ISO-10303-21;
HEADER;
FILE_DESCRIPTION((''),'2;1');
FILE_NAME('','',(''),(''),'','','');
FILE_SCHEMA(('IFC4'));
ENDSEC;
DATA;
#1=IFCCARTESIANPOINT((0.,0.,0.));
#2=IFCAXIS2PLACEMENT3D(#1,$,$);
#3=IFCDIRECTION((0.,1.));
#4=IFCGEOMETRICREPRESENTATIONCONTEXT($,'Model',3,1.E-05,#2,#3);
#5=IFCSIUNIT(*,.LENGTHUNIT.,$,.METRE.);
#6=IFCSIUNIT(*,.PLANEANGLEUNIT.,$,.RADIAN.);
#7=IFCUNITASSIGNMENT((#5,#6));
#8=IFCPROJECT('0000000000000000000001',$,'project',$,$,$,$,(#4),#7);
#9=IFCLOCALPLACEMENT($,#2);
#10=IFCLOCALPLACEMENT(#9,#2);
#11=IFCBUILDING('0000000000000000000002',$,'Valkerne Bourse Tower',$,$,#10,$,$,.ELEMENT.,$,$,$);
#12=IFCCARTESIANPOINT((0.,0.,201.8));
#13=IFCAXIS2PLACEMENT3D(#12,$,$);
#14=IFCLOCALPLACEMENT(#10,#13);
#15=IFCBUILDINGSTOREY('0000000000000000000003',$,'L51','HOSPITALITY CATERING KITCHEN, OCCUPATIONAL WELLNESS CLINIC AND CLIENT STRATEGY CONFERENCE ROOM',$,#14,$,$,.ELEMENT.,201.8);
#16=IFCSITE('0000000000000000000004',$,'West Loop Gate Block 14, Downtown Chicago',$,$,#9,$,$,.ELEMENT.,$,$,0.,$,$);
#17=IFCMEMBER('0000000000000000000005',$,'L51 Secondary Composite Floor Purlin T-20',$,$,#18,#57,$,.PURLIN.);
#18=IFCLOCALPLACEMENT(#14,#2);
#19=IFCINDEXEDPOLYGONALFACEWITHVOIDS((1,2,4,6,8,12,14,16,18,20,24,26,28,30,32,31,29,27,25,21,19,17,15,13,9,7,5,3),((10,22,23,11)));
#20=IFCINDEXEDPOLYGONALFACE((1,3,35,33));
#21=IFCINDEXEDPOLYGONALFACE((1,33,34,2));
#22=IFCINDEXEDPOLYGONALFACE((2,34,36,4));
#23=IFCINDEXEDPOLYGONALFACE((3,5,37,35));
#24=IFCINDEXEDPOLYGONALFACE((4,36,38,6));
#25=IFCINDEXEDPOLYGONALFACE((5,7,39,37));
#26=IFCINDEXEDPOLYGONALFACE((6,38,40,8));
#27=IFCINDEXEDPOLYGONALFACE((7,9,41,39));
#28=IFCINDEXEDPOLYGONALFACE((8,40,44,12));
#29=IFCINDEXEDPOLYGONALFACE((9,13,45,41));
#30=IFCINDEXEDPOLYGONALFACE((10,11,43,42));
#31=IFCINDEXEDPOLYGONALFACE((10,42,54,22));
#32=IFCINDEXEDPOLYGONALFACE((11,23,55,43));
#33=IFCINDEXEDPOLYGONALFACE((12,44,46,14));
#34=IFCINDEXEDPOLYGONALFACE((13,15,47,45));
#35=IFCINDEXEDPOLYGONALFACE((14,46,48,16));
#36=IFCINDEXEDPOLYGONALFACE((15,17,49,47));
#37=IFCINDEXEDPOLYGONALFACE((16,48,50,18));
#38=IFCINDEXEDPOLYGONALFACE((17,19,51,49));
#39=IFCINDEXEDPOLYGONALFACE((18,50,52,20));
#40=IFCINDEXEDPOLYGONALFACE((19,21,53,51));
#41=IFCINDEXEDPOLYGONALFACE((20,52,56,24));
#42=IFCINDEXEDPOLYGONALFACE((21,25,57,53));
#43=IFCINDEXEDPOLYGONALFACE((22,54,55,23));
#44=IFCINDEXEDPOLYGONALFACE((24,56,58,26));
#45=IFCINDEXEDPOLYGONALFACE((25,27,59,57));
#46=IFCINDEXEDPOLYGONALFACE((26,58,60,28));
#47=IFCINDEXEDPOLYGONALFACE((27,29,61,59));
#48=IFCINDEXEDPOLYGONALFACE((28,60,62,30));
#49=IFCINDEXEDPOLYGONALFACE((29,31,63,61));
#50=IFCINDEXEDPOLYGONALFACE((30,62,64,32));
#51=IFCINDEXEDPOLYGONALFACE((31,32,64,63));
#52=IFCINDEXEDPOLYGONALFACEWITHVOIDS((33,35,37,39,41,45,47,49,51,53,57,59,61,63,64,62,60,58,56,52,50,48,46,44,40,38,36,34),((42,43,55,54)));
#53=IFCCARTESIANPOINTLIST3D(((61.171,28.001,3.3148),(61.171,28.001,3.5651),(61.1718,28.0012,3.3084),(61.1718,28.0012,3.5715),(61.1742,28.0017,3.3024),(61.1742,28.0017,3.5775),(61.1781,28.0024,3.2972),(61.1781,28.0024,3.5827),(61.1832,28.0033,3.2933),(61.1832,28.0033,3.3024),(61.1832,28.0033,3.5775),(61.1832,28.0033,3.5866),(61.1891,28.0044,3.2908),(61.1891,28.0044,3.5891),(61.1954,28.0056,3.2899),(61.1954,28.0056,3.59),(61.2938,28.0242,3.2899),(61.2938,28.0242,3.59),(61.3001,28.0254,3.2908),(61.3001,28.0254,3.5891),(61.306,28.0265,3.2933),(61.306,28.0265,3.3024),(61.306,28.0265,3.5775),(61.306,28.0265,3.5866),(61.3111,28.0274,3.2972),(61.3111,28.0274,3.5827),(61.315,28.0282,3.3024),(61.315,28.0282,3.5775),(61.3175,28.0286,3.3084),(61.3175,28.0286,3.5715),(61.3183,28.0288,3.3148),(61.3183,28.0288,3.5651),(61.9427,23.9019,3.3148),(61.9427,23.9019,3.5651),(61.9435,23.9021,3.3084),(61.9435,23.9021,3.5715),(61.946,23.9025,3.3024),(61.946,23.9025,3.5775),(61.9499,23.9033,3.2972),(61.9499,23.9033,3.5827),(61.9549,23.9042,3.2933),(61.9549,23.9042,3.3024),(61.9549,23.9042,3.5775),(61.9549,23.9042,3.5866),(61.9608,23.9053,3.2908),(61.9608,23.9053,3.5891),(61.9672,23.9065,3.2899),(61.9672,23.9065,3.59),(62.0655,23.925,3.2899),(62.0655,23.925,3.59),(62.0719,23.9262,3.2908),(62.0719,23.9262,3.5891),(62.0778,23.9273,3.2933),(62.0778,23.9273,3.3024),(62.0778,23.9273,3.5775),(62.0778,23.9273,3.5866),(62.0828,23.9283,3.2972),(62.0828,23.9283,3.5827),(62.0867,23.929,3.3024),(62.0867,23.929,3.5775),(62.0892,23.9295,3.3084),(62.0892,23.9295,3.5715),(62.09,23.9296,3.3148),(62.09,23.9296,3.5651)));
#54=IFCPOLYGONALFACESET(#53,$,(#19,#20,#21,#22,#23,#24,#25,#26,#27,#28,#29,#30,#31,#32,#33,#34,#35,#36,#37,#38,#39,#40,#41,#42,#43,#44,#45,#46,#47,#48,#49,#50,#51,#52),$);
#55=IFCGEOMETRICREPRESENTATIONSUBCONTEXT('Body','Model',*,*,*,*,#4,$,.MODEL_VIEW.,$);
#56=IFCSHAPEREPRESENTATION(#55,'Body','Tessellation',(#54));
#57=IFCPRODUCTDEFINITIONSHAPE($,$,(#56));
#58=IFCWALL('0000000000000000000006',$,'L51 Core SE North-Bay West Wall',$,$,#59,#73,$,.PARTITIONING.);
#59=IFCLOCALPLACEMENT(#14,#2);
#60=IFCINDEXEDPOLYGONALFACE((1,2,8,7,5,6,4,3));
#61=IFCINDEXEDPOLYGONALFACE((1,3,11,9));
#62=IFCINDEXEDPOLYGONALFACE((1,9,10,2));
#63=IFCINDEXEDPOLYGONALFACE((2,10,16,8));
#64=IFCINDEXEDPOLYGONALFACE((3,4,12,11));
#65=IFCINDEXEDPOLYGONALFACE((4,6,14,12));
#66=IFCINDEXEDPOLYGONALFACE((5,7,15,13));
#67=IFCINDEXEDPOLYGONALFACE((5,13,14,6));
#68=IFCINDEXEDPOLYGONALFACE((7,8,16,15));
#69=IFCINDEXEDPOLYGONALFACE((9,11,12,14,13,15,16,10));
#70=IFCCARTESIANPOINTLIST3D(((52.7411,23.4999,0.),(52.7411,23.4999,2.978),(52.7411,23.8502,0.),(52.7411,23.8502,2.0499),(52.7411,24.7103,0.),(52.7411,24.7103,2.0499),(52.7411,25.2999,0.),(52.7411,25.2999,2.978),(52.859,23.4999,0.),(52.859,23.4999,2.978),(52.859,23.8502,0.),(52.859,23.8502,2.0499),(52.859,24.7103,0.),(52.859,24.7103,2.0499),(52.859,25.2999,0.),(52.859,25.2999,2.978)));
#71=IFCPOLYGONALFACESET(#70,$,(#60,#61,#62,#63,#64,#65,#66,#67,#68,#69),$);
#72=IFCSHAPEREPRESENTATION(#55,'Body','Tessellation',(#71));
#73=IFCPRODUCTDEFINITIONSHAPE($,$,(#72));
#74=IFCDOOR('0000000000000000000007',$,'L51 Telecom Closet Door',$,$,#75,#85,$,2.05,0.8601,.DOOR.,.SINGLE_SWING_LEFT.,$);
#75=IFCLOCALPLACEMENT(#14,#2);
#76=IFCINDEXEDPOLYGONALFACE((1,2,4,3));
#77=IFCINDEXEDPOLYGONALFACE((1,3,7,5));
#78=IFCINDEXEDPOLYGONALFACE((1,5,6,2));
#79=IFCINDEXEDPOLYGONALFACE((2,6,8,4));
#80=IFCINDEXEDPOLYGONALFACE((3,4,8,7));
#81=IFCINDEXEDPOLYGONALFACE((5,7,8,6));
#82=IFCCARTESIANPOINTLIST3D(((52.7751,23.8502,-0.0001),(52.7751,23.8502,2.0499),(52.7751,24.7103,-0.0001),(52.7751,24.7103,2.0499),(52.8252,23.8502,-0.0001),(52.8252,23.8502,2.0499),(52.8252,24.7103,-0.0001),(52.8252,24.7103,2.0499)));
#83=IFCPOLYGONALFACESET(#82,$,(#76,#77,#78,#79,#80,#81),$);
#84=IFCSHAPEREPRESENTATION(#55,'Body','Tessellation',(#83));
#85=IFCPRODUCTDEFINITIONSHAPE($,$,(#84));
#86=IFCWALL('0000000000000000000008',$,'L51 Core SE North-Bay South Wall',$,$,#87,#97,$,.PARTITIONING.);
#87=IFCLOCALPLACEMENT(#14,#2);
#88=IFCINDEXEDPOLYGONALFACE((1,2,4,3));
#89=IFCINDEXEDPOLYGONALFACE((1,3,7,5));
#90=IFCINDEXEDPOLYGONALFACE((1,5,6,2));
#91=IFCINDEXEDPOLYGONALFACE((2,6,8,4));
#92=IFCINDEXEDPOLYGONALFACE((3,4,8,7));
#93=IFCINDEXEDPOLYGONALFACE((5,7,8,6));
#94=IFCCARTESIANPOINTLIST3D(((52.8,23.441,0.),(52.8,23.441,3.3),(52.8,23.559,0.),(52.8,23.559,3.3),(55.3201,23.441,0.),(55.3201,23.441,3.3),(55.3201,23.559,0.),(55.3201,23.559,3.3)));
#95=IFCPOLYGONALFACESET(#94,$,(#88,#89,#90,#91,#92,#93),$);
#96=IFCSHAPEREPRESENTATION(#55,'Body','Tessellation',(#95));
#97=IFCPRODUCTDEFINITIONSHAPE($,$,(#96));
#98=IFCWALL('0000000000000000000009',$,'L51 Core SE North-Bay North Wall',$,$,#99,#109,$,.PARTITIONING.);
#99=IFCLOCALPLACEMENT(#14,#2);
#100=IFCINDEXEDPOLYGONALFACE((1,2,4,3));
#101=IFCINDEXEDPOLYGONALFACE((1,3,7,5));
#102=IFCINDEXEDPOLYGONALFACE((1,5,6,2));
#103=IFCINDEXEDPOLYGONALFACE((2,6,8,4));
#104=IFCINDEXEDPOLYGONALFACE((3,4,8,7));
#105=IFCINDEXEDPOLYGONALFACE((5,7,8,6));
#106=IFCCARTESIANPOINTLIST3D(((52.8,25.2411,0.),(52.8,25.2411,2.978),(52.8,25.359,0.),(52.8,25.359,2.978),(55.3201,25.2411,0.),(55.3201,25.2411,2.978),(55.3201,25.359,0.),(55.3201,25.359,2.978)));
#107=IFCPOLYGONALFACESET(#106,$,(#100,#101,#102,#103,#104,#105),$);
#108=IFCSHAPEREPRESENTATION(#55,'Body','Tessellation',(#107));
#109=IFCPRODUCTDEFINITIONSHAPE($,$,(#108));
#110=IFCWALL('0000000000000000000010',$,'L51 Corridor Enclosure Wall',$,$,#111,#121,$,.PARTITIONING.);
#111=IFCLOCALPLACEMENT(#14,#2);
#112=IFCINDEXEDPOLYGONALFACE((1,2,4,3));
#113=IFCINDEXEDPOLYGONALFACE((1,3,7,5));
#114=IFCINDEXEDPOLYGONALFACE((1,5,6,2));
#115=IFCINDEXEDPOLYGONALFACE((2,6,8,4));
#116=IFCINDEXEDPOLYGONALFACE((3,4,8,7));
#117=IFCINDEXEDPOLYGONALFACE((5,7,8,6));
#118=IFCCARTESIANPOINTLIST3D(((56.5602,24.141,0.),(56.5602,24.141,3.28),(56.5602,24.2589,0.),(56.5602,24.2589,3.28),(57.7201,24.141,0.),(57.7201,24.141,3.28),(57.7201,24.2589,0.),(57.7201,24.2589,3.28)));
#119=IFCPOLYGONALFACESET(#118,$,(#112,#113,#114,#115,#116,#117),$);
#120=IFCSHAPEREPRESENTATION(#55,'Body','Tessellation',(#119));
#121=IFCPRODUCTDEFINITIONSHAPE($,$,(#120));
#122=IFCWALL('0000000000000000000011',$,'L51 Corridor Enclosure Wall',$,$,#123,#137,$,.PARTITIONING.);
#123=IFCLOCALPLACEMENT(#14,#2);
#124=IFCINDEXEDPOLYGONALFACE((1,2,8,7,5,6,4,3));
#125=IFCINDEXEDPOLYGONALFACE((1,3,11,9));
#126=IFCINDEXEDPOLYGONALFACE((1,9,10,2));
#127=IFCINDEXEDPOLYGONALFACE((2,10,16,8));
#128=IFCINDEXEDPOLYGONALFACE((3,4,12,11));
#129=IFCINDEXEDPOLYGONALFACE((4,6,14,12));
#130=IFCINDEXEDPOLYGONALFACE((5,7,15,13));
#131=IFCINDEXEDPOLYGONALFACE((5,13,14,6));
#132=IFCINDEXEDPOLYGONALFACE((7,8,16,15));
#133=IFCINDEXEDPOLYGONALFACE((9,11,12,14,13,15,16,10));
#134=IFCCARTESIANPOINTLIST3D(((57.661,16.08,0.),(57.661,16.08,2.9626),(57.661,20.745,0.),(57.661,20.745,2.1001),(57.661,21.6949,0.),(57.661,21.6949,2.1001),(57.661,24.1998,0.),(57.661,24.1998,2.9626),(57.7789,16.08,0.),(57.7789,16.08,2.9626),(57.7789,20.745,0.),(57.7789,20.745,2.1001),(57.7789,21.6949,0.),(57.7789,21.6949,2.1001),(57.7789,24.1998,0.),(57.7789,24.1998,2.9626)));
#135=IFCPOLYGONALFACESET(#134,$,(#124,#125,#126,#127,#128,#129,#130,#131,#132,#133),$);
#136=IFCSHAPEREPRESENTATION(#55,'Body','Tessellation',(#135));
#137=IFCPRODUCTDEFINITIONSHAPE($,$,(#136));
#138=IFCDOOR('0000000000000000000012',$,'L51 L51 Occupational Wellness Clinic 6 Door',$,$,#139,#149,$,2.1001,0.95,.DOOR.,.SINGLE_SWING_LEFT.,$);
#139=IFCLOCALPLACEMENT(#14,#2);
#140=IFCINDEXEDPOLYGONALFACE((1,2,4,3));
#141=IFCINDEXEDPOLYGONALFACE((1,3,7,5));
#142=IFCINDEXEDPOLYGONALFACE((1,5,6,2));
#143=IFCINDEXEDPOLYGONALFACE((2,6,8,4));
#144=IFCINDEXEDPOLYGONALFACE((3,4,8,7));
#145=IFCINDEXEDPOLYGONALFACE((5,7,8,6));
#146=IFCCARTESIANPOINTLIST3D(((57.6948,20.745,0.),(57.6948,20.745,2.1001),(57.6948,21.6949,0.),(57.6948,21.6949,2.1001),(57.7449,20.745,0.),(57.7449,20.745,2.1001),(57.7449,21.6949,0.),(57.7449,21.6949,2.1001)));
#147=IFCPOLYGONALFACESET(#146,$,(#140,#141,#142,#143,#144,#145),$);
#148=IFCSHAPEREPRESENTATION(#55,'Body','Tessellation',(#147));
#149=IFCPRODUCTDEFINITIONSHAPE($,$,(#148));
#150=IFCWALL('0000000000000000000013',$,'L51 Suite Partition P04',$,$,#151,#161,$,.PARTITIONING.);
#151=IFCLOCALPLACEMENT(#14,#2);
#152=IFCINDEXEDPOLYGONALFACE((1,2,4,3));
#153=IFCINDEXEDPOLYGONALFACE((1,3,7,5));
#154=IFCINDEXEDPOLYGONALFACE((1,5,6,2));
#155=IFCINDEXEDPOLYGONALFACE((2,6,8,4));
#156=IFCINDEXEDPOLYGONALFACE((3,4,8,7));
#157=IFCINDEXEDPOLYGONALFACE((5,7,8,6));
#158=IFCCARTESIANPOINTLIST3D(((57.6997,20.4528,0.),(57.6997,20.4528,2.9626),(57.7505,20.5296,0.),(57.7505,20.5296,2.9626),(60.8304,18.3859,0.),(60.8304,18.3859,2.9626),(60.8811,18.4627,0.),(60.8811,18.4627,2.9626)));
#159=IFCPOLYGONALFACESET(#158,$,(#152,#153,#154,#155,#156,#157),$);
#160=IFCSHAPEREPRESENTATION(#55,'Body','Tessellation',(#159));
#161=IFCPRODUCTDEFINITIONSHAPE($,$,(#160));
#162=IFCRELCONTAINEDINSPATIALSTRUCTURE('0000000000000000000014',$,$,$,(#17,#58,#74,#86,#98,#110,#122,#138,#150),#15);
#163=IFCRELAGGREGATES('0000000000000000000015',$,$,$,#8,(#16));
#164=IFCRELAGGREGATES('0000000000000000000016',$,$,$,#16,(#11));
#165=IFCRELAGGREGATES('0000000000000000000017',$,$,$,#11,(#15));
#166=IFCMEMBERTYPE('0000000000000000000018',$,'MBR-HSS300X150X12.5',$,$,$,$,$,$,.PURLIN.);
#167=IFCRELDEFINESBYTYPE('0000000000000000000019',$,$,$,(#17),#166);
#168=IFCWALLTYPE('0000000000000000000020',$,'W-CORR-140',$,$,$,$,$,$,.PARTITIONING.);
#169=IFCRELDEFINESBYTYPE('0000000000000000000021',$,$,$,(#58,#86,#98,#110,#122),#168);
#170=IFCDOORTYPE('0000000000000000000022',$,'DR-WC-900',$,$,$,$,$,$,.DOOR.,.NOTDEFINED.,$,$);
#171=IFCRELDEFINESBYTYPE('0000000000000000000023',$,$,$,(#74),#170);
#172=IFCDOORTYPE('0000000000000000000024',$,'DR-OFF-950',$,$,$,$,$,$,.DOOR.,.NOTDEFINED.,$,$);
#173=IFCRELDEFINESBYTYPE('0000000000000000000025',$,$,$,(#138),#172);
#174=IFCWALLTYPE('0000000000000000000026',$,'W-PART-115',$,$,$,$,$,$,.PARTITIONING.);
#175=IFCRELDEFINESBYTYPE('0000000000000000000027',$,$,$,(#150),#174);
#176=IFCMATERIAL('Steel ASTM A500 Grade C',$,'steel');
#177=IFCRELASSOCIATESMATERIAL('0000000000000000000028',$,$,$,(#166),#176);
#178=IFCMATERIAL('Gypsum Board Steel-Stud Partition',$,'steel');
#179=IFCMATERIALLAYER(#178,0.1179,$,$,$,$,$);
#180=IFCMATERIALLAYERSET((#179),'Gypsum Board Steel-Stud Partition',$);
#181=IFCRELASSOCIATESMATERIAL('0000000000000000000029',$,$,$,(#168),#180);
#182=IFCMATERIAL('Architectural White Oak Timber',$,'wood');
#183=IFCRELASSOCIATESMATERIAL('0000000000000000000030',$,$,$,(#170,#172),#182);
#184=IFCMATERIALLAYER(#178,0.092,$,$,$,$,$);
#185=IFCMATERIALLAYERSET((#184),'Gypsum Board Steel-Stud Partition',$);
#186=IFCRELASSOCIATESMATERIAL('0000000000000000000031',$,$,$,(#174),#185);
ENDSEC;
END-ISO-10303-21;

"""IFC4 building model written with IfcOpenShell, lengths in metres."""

from ifc_helpers import new_model, si_unit, direction, frame, frame_2d, origin, origin_2d, place, context, subcontext, project, spatial, rectangle, hollow_rectangle, extrude, material, layer, layer_set, material_profile, profile_set, type_object, element, fill, save


model = new_model("IFC4")

# Units and contexts
model_context = context("Model", 3, precision=1e-05, world=origin(), true_north=direction((0.0, 1.0)))
body_context = subcontext(model_context, "Body", "Model", "MODEL_VIEW")
ifc_project = project(units=[si_unit("LENGTHUNIT", "METRE"), si_unit("PLANEANGLEUNIT", "RADIAN")], contexts=[model_context])

# Site, building, storey
site_placement = place(None, origin())
site = spatial("IfcSite", under=ifc_project, at=site_placement, Name="West Loop Gate Block 14, Downtown Chicago", CompositionType="ELEMENT", RefElevation=0.0)
building_placement = place(site_placement, origin())
building = spatial("IfcBuilding", under=site, at=building_placement, Name="Valkerne Bourse Tower", CompositionType="ELEMENT")
storey_placement = place(building_placement, frame((0.0, 0.0, 201.8)))
storey = spatial("IfcBuildingStorey", under=building, at=storey_placement, Name="L51", Description="HOSPITALITY CATERING KITCHEN, OCCUPATIONAL WELLNESS CLINIC AND CLIENT STRATEGY CONFERENCE ROOM", CompositionType="ELEMENT", Elevation=201.8)

# Member
ifc_material_1 = material(Name="Steel ASTM A500 Grade C", Category="steel")
ifc_material_profile_1 = material_profile(ifc_material_1, hollow_rectangle(XDim=0.1499, YDim=0.3, WallThickness=0.0125, OuterFilletRadius=0.0249, at=origin_2d()), Name="HSS300X150X12.5")
ifc_profile_set_1 = profile_set([ifc_material_profile_1], Name="Steel ASTM A500 Grade C")
member_type_1 = type_object("IfcMemberType", Name="MBR-HSS300X150X12.5", PredefinedType="PURLIN", material=ifc_profile_set_1)
member_1_placement = place(storey_placement, frame((62.0164, 23.9158, 3.4399), z_axis=(-0.185016, 0.982735, 0.0), x_axis=(-0.982735, -0.185016, 0.0)))
element("IfcMember", 1, at=member_1_placement, inside=storey, type_object=member_type_1, Name="L51 Secondary Composite Floor Purlin T-20", PredefinedType="PURLIN", context=body_context, shape_type="SweptSolid", body=[
    extrude(hollow_rectangle(XDim=0.1499, YDim=0.3, WallThickness=0.0125, OuterFilletRadius=0.0249, at=origin_2d()), origin(), (0.0, 0.0, 1.0), 4.1711),
])

# Wall, opening, door
ifc_material_2 = material(Name="Gypsum Board Steel-Stud Partition", Category="steel")
ifc_layer_1 = layer(ifc_material_2, 0.1179)
ifc_layer_set_1 = layer_set([ifc_layer_1], Name="Gypsum Board Steel-Stud Partition")
wall_type_1 = type_object("IfcWallType", Name="W-CORR-140", PredefinedType="PARTITIONING", material=ifc_layer_set_1)
wall_1_placement = place(storey_placement, frame((52.8, 23.5, 0.0), z_axis=(0.0, 0.0, 1.0), x_axis=(0.0, 1.0, 0.0)))
wall_1 = element("IfcWall", 2, at=wall_1_placement, inside=storey, type_object=wall_type_1, Name="L51 Core SE North-Bay West Wall", PredefinedType="PARTITIONING", context=body_context, shape_type="SweptSolid", body=[
    extrude(rectangle(XDim=1.8, YDim=0.1179, at=frame_2d((0.8999, 0.0))), origin(), (0.0, 0.0, 1.0), 2.978),
])
opening_1_placement = place(wall_1_placement, frame((0.3501, 0.0, 0.0)))
opening_1 = element("IfcOpeningElement", 3, at=opening_1_placement, cuts=wall_1, PredefinedType="OPENING", context=body_context, shape_type="SweptSolid", body=[
    extrude(rectangle(XDim=0.8601, YDim=2.05, at=frame_2d((0.4302, 1.0249))), frame((0.0, 0.0688, 0.0), z_axis=(0.0, -1.0, 0.0), x_axis=(1.0, 0.0, 0.0)), (0.0, 0.0, 1.0), 0.1379),
])
ifc_material_3 = material(Name="Architectural White Oak Timber", Category="wood")
door_type_1 = type_object("IfcDoorType", Name="DR-WC-900", OperationType="NOTDEFINED", PredefinedType="DOOR", material=ifc_material_3)
door_1_placement = place(opening_1_placement, origin())
door_1 = element("IfcDoor", 4, at=door_1_placement, inside=storey, type_object=door_type_1, Name="L51 Telecom Closet Door", OperationType="SINGLE_SWING_LEFT", OverallHeight=2.05, OverallWidth=0.8601, PredefinedType="DOOR", context=body_context, shape_type="SweptSolid", body=[
    extrude(rectangle(XDim=0.8601, YDim=2.05, at=frame_2d((0.4302, 1.0249))), frame((0.0, 0.0249, 0.0), z_axis=(0.0, -1.0, 0.0), x_axis=(1.0, 0.0, 0.0)), (0.0, 0.0, 1.0), 0.05),
])
fill(opening_1, door_1)

# Walls
wall_2_placement = place(storey_placement, frame((52.8, 23.5, 0.0), z_axis=(0.0, 0.0, 1.0), x_axis=(1.0, 0.0, 0.0)))
element("IfcWall", 5, at=wall_2_placement, inside=storey, type_object=wall_type_1, Name="L51 Core SE North-Bay South Wall", PredefinedType="PARTITIONING", context=body_context, shape_type="SweptSolid", body=[
    extrude(rectangle(XDim=2.52, YDim=0.1179, at=frame_2d((1.26, 0.0))), origin(), (0.0, 0.0, 1.0), 3.3),
])
wall_3_placement = place(storey_placement, frame((52.8, 25.3, 0.0), z_axis=(0.0, 0.0, 1.0), x_axis=(1.0, 0.0, 0.0)))
element("IfcWall", 6, at=wall_3_placement, inside=storey, type_object=wall_type_1, Name="L51 Core SE North-Bay North Wall", PredefinedType="PARTITIONING", context=body_context, shape_type="SweptSolid", body=[
    extrude(rectangle(XDim=2.52, YDim=0.1179, at=frame_2d((1.26, 0.0))), origin(), (0.0, 0.0, 1.0), 2.978),
])
wall_4_placement = place(storey_placement, frame((56.5601, 24.2, 0.0), z_axis=(0.0, 0.0, 1.0), x_axis=(1.0, 0.0, 0.0)))
element("IfcWall", 7, at=wall_4_placement, inside=storey, type_object=wall_type_1, Name="L51 Corridor Enclosure Wall", PredefinedType="PARTITIONING", context=body_context, shape_type="SweptSolid", body=[
    extrude(rectangle(XDim=1.1599, YDim=0.1179, at=frame_2d((0.5801, 0.0))), origin(), (0.0, 0.0, 1.0), 3.28),
])

# Wall, opening, door
wall_5_placement = place(storey_placement, frame((57.72, 24.2, 0.0), z_axis=(0.0, 0.0, 1.0), x_axis=(0.0, -1.0, 0.0)))
wall_5 = element("IfcWall", 8, at=wall_5_placement, inside=storey, type_object=wall_type_1, Name="L51 Corridor Enclosure Wall", PredefinedType="PARTITIONING", context=body_context, shape_type="SweptSolid", body=[
    extrude(rectangle(XDim=8.1199, YDim=0.1179, at=frame_2d((4.0601, 0.0))), origin(), (0.0, 0.0, 1.0), 2.9626),
])
opening_2_placement = place(wall_5_placement, frame((2.5049, 0.0, 0.0)))
opening_2 = element("IfcOpeningElement", 9, at=opening_2_placement, cuts=wall_5, PredefinedType="OPENING", context=body_context, shape_type="SweptSolid", body=[
    extrude(rectangle(XDim=0.95, YDim=2.1001, at=frame_2d((0.4751, 1.05))), frame((0.0, 0.0688, 0.0), z_axis=(0.0, -1.0, 0.0), x_axis=(1.0, 0.0, 0.0)), (0.0, 0.0, 1.0), 0.1379),
])
door_type_2 = type_object("IfcDoorType", Name="DR-OFF-950", OperationType="NOTDEFINED", PredefinedType="DOOR", material=ifc_material_3)
door_2_placement = place(opening_2_placement, origin())
door_2 = element("IfcDoor", 10, at=door_2_placement, inside=storey, type_object=door_type_2, Name="L51 L51 Occupational Wellness Clinic 6 Door", OperationType="SINGLE_SWING_LEFT", OverallHeight=2.1001, OverallWidth=0.95, PredefinedType="DOOR", context=body_context, shape_type="SweptSolid", body=[
    extrude(rectangle(XDim=0.95, YDim=2.1001, at=frame_2d((0.4751, 1.05))), frame((0.0, 0.0249, 0.0), z_axis=(0.0, -1.0, 0.0), x_axis=(1.0, 0.0, 0.0)), (0.0, 0.0, 1.0), 0.05),
])
fill(opening_2, door_2)

# Wall
ifc_layer_2 = layer(ifc_material_2, 0.092)
ifc_layer_set_2 = layer_set([ifc_layer_2], Name="Gypsum Board Steel-Stud Partition")
wall_type_2 = type_object("IfcWallType", Name="W-PART-115", PredefinedType="PARTITIONING", material=ifc_layer_set_2)
wall_6_placement = place(storey_placement, frame((57.7251, 20.4912, 0.0), z_axis=(0.0, 0.0, 1.0), x_axis=(0.834525, -0.55097, 0.0)))
element("IfcWall", 11, at=wall_6_placement, inside=storey, type_object=wall_type_2, Name="L51 Suite Partition P04", PredefinedType="PARTITIONING", context=body_context, shape_type="SweptSolid", body=[
    extrude(rectangle(XDim=3.7515, YDim=0.092, at=frame_2d((1.8757, 0.0))), origin(), (0.0, 0.0, 1.0), 2.9626),
])

save(model, "model.ifc")
